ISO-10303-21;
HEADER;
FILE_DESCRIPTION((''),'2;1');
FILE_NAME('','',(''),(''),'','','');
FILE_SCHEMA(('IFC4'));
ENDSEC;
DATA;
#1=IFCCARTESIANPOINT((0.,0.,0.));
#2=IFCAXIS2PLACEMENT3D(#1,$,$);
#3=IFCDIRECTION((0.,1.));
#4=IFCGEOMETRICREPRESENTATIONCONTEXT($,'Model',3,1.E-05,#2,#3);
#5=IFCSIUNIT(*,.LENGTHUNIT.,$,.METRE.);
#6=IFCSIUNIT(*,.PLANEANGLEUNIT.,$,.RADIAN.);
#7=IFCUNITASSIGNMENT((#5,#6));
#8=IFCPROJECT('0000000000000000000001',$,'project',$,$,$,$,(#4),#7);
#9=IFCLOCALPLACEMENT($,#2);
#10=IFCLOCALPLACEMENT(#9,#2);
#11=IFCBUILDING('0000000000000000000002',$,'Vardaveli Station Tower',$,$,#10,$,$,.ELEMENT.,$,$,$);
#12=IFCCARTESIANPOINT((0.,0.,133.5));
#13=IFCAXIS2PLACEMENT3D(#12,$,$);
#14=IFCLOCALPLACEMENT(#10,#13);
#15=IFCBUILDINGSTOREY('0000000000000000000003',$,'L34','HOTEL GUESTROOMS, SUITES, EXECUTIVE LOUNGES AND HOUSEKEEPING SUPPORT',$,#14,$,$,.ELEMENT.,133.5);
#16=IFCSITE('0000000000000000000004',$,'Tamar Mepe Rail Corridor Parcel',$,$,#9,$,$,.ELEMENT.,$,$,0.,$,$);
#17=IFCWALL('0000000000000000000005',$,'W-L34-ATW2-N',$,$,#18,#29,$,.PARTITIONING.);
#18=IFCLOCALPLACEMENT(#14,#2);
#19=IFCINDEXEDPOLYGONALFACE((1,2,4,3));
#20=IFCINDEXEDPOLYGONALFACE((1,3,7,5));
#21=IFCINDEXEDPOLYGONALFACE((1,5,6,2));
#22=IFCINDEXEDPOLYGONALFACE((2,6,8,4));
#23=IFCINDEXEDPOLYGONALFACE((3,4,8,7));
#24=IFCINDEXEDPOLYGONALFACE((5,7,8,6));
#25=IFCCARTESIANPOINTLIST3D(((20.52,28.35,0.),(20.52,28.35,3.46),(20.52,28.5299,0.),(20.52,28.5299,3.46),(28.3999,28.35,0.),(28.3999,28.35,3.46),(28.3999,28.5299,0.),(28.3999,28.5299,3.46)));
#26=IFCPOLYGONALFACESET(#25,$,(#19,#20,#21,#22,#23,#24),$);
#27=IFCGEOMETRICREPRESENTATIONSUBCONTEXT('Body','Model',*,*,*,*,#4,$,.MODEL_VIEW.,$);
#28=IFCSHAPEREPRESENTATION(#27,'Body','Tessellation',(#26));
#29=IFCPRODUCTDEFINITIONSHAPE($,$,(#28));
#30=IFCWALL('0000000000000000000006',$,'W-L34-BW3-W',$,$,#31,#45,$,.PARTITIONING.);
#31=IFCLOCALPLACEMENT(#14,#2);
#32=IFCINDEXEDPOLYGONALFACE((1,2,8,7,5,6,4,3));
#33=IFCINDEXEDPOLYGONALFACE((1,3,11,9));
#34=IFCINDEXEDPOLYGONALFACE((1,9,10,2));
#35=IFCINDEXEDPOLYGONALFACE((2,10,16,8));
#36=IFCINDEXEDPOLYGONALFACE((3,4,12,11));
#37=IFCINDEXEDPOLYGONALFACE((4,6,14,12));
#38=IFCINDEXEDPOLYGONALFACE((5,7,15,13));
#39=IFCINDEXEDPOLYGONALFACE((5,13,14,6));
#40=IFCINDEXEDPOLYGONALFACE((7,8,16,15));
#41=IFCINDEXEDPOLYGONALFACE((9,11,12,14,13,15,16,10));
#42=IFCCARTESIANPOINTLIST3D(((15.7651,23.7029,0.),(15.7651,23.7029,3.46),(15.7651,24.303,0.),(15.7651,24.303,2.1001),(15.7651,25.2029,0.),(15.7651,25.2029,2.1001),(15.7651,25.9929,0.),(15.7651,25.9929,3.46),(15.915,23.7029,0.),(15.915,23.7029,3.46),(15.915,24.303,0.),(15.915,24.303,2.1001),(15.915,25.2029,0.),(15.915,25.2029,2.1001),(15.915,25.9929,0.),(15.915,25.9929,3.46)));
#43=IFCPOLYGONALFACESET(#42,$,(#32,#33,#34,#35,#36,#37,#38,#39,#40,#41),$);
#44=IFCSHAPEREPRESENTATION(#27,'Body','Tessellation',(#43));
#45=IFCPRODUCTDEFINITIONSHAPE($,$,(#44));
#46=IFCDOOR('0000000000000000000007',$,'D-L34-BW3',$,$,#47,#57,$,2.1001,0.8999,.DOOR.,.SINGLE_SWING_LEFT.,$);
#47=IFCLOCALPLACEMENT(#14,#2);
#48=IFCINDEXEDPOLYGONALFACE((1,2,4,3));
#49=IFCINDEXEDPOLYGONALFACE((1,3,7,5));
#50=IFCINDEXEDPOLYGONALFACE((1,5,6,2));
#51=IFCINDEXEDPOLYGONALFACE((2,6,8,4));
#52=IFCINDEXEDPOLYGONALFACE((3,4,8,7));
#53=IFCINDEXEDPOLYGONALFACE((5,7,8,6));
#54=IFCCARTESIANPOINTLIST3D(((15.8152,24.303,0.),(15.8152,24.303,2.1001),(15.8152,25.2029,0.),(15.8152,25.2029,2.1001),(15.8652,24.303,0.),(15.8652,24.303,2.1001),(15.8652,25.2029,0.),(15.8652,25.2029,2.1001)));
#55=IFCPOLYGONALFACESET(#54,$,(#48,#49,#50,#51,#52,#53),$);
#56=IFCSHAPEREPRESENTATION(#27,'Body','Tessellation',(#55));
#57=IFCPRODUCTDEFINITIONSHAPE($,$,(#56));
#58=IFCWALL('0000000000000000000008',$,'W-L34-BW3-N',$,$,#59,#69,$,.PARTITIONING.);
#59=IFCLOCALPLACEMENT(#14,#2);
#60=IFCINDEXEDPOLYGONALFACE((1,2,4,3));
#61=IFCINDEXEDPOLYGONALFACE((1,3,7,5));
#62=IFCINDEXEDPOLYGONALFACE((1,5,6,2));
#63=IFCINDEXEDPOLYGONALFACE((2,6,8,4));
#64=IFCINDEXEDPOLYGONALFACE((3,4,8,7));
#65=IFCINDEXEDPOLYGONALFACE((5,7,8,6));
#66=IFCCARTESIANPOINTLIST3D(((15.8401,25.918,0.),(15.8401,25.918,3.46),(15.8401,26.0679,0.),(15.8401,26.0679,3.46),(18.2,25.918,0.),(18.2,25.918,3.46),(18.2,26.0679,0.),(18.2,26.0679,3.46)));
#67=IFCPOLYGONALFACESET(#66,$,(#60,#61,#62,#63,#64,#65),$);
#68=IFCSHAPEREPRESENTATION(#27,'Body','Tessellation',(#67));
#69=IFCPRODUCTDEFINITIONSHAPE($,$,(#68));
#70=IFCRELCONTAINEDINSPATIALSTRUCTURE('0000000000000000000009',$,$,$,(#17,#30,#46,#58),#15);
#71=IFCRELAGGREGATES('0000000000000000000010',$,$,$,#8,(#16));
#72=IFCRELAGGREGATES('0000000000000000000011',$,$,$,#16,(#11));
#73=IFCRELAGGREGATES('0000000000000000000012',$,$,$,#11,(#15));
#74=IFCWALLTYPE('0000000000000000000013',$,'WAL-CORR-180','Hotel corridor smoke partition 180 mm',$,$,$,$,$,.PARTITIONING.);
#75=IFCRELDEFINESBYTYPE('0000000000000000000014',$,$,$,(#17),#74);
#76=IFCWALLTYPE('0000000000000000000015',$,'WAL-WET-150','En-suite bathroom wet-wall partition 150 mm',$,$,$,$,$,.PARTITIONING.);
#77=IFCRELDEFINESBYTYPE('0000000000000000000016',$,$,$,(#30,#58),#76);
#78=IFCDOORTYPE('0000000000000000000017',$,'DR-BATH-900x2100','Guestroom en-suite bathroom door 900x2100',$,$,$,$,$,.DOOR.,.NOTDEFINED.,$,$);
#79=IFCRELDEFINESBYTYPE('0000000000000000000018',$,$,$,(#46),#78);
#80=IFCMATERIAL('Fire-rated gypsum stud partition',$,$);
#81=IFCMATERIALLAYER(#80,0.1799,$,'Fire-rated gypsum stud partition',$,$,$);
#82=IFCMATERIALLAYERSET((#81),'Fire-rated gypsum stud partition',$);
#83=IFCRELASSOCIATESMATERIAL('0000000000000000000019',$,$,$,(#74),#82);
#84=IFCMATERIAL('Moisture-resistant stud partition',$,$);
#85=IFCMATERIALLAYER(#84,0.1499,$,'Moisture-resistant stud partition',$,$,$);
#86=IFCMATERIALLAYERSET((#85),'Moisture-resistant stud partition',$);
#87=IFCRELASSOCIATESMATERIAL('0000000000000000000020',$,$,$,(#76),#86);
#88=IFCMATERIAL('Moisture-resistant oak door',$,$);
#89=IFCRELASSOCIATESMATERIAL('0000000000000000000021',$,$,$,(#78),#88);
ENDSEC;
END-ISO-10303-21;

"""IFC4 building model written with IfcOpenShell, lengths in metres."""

from ifc_helpers import new_model, si_unit, direction, frame, frame_2d, origin, place, context, subcontext, project, spatial, rectangle, extrude, source, transform, mapped, material, layer, layer_set, type_object, element, fill, save


model = new_model("IFC4")

# Units and contexts
model_context = context("Model", 3, precision=1e-05, world=origin(), true_north=direction((0.0, 1.0)))
body_context = subcontext(model_context, "Body", "Model", "MODEL_VIEW")
ifc_project = project(units=[si_unit("LENGTHUNIT", "METRE"), si_unit("PLANEANGLEUNIT", "RADIAN")], contexts=[model_context])

# Site, building, storey
site_placement = place(None, origin())
site = spatial("IfcSite", under=ifc_project, at=site_placement, Name="Tamar Mepe Rail Corridor Parcel", CompositionType="ELEMENT", RefElevation=0.0)
building_placement = place(site_placement, origin())
building = spatial("IfcBuilding", under=site, at=building_placement, Name="Vardaveli Station Tower", CompositionType="ELEMENT")
storey_placement = place(building_placement, frame((0.0, 0.0, 133.5)))
storey = spatial("IfcBuildingStorey", under=building, at=storey_placement, Name="L34", Description="HOTEL GUESTROOMS, SUITES, EXECUTIVE LOUNGES AND HOUSEKEEPING SUPPORT", CompositionType="ELEMENT", Elevation=133.5)

# Wall
ifc_material_1 = material(Name="Fire-rated gypsum stud partition")
ifc_layer_1 = layer(ifc_material_1, 0.1799, Name="Fire-rated gypsum stud partition")
ifc_layer_set_1 = layer_set([ifc_layer_1], Name="Fire-rated gypsum stud partition")
wall_type_1 = type_object("IfcWallType", Name="WAL-CORR-180", Description="Hotel corridor smoke partition 180 mm", PredefinedType="PARTITIONING", material=ifc_layer_set_1)
shared_shape_1 = source(origin(), body_context, "Body", "SweptSolid", [
    extrude(rectangle(XDim=7.8799, YDim=0.1799, at=frame_2d((3.9399, 0.0))), origin(), (0.0, 0.0, 1.0), 3.46),
])
for number, where, z_axis, x_axis, name in (
    (1, (20.52, 28.4399, 0.0), (0.0, 0.0, 1.0), (1.0, 0.0, 0.0), "W-L34-ATW2-N"),
):
    element("IfcWall", number, at=place(storey_placement, frame(where, z_axis=z_axis, x_axis=x_axis)), inside=storey, type_object=wall_type_1, Name=name, PredefinedType="PARTITIONING", context=body_context, shape_type="MappedRepresentation", body=[
        mapped(shared_shape_1, transform((0.0, 0.0, 0.0), scale=1.0)),
    ])

# Wall, opening, door
ifc_material_2 = material(Name="Moisture-resistant stud partition")
ifc_layer_2 = layer(ifc_material_2, 0.1499, Name="Moisture-resistant stud partition")
ifc_layer_set_2 = layer_set([ifc_layer_2], Name="Moisture-resistant stud partition")
wall_type_2 = type_object("IfcWallType", Name="WAL-WET-150", Description="En-suite bathroom wet-wall partition 150 mm", PredefinedType="PARTITIONING", material=ifc_layer_set_2)
shared_shape_2 = source(origin(), body_context, "Body", "SweptSolid", [
    extrude(rectangle(XDim=2.29, YDim=0.1499, at=frame_2d((1.145, 0.0))), origin(), (0.0, 0.0, 1.0), 3.46),
])
wall_1_placement = place(storey_placement, frame((15.8401, 23.7029, 0.0), z_axis=(0.0, 0.0, 1.0), x_axis=(0.0, 1.0, 0.0)))
wall_1 = element("IfcWall", 2, at=wall_1_placement, inside=storey, type_object=wall_type_2, Name="W-L34-BW3-W", PredefinedType="PARTITIONING", context=body_context, shape_type="MappedRepresentation", body=[
    mapped(shared_shape_2, transform((0.0, 0.0, 0.0), scale=1.0)),
])
shared_shape_3 = source(origin(), body_context, "Body", "SweptSolid", [
    extrude(rectangle(XDim=0.8999, YDim=2.1001, at=frame_2d((0.45, 1.05))), frame((0.0, 0.085, 0.0), z_axis=(0.0, -1.0, 0.0), x_axis=(1.0, 0.0, 0.0)), (0.0, 0.0, 1.0), 0.1699),
])
opening_1_placement = place(wall_1_placement, frame((0.6001, 0.0, 0.0)))
opening_1 = element("IfcOpeningElement", 3, at=opening_1_placement, cuts=wall_1, PredefinedType="OPENING", context=body_context, shape_type="MappedRepresentation", body=[
    mapped(shared_shape_3, transform((0.0, 0.0, 0.0), scale=1.0)),
])
ifc_material_3 = material(Name="Moisture-resistant oak door")
door_type_1 = type_object("IfcDoorType", Name="DR-BATH-900x2100", Description="Guestroom en-suite bathroom door 900x2100", OperationType="NOTDEFINED", PredefinedType="DOOR", material=ifc_material_3)
shared_shape_4 = source(origin(), body_context, "Body", "SweptSolid", [
    extrude(rectangle(XDim=0.8999, YDim=2.1001, at=frame_2d((0.45, 1.05))), frame((0.0, 0.0249, 0.0), z_axis=(0.0, -1.0, 0.0), x_axis=(1.0, 0.0, 0.0)), (0.0, 0.0, 1.0), 0.05),
])
door_1_placement = place(opening_1_placement, origin())
door_1 = element("IfcDoor", 4, at=door_1_placement, inside=storey, type_object=door_type_1, Name="D-L34-BW3", OperationType="SINGLE_SWING_LEFT", OverallHeight=2.1001, OverallWidth=0.8999, PredefinedType="DOOR", context=body_context, shape_type="MappedRepresentation", body=[
    mapped(shared_shape_4, transform((0.0, 0.0, 0.0), scale=1.0)),
])
fill(opening_1, door_1)

# Wall
shared_shape_5 = source(origin(), body_context, "Body", "SweptSolid", [
    extrude(rectangle(XDim=2.3599, YDim=0.1499, at=frame_2d((1.1799, 0.0))), origin(), (0.0, 0.0, 1.0), 3.46),
])
wall_2_placement = place(storey_placement, frame((15.8401, 25.9929, 0.0), z_axis=(0.0, 0.0, 1.0), x_axis=(1.0, 0.0, 0.0)))
element("IfcWall", 5, at=wall_2_placement, inside=storey, type_object=wall_type_2, Name="W-L34-BW3-N", PredefinedType="PARTITIONING", context=body_context, shape_type="MappedRepresentation", body=[
    mapped(shared_shape_5, transform((0.0, 0.0, 0.0), scale=1.0)),
])

save(model, "model.ifc")
